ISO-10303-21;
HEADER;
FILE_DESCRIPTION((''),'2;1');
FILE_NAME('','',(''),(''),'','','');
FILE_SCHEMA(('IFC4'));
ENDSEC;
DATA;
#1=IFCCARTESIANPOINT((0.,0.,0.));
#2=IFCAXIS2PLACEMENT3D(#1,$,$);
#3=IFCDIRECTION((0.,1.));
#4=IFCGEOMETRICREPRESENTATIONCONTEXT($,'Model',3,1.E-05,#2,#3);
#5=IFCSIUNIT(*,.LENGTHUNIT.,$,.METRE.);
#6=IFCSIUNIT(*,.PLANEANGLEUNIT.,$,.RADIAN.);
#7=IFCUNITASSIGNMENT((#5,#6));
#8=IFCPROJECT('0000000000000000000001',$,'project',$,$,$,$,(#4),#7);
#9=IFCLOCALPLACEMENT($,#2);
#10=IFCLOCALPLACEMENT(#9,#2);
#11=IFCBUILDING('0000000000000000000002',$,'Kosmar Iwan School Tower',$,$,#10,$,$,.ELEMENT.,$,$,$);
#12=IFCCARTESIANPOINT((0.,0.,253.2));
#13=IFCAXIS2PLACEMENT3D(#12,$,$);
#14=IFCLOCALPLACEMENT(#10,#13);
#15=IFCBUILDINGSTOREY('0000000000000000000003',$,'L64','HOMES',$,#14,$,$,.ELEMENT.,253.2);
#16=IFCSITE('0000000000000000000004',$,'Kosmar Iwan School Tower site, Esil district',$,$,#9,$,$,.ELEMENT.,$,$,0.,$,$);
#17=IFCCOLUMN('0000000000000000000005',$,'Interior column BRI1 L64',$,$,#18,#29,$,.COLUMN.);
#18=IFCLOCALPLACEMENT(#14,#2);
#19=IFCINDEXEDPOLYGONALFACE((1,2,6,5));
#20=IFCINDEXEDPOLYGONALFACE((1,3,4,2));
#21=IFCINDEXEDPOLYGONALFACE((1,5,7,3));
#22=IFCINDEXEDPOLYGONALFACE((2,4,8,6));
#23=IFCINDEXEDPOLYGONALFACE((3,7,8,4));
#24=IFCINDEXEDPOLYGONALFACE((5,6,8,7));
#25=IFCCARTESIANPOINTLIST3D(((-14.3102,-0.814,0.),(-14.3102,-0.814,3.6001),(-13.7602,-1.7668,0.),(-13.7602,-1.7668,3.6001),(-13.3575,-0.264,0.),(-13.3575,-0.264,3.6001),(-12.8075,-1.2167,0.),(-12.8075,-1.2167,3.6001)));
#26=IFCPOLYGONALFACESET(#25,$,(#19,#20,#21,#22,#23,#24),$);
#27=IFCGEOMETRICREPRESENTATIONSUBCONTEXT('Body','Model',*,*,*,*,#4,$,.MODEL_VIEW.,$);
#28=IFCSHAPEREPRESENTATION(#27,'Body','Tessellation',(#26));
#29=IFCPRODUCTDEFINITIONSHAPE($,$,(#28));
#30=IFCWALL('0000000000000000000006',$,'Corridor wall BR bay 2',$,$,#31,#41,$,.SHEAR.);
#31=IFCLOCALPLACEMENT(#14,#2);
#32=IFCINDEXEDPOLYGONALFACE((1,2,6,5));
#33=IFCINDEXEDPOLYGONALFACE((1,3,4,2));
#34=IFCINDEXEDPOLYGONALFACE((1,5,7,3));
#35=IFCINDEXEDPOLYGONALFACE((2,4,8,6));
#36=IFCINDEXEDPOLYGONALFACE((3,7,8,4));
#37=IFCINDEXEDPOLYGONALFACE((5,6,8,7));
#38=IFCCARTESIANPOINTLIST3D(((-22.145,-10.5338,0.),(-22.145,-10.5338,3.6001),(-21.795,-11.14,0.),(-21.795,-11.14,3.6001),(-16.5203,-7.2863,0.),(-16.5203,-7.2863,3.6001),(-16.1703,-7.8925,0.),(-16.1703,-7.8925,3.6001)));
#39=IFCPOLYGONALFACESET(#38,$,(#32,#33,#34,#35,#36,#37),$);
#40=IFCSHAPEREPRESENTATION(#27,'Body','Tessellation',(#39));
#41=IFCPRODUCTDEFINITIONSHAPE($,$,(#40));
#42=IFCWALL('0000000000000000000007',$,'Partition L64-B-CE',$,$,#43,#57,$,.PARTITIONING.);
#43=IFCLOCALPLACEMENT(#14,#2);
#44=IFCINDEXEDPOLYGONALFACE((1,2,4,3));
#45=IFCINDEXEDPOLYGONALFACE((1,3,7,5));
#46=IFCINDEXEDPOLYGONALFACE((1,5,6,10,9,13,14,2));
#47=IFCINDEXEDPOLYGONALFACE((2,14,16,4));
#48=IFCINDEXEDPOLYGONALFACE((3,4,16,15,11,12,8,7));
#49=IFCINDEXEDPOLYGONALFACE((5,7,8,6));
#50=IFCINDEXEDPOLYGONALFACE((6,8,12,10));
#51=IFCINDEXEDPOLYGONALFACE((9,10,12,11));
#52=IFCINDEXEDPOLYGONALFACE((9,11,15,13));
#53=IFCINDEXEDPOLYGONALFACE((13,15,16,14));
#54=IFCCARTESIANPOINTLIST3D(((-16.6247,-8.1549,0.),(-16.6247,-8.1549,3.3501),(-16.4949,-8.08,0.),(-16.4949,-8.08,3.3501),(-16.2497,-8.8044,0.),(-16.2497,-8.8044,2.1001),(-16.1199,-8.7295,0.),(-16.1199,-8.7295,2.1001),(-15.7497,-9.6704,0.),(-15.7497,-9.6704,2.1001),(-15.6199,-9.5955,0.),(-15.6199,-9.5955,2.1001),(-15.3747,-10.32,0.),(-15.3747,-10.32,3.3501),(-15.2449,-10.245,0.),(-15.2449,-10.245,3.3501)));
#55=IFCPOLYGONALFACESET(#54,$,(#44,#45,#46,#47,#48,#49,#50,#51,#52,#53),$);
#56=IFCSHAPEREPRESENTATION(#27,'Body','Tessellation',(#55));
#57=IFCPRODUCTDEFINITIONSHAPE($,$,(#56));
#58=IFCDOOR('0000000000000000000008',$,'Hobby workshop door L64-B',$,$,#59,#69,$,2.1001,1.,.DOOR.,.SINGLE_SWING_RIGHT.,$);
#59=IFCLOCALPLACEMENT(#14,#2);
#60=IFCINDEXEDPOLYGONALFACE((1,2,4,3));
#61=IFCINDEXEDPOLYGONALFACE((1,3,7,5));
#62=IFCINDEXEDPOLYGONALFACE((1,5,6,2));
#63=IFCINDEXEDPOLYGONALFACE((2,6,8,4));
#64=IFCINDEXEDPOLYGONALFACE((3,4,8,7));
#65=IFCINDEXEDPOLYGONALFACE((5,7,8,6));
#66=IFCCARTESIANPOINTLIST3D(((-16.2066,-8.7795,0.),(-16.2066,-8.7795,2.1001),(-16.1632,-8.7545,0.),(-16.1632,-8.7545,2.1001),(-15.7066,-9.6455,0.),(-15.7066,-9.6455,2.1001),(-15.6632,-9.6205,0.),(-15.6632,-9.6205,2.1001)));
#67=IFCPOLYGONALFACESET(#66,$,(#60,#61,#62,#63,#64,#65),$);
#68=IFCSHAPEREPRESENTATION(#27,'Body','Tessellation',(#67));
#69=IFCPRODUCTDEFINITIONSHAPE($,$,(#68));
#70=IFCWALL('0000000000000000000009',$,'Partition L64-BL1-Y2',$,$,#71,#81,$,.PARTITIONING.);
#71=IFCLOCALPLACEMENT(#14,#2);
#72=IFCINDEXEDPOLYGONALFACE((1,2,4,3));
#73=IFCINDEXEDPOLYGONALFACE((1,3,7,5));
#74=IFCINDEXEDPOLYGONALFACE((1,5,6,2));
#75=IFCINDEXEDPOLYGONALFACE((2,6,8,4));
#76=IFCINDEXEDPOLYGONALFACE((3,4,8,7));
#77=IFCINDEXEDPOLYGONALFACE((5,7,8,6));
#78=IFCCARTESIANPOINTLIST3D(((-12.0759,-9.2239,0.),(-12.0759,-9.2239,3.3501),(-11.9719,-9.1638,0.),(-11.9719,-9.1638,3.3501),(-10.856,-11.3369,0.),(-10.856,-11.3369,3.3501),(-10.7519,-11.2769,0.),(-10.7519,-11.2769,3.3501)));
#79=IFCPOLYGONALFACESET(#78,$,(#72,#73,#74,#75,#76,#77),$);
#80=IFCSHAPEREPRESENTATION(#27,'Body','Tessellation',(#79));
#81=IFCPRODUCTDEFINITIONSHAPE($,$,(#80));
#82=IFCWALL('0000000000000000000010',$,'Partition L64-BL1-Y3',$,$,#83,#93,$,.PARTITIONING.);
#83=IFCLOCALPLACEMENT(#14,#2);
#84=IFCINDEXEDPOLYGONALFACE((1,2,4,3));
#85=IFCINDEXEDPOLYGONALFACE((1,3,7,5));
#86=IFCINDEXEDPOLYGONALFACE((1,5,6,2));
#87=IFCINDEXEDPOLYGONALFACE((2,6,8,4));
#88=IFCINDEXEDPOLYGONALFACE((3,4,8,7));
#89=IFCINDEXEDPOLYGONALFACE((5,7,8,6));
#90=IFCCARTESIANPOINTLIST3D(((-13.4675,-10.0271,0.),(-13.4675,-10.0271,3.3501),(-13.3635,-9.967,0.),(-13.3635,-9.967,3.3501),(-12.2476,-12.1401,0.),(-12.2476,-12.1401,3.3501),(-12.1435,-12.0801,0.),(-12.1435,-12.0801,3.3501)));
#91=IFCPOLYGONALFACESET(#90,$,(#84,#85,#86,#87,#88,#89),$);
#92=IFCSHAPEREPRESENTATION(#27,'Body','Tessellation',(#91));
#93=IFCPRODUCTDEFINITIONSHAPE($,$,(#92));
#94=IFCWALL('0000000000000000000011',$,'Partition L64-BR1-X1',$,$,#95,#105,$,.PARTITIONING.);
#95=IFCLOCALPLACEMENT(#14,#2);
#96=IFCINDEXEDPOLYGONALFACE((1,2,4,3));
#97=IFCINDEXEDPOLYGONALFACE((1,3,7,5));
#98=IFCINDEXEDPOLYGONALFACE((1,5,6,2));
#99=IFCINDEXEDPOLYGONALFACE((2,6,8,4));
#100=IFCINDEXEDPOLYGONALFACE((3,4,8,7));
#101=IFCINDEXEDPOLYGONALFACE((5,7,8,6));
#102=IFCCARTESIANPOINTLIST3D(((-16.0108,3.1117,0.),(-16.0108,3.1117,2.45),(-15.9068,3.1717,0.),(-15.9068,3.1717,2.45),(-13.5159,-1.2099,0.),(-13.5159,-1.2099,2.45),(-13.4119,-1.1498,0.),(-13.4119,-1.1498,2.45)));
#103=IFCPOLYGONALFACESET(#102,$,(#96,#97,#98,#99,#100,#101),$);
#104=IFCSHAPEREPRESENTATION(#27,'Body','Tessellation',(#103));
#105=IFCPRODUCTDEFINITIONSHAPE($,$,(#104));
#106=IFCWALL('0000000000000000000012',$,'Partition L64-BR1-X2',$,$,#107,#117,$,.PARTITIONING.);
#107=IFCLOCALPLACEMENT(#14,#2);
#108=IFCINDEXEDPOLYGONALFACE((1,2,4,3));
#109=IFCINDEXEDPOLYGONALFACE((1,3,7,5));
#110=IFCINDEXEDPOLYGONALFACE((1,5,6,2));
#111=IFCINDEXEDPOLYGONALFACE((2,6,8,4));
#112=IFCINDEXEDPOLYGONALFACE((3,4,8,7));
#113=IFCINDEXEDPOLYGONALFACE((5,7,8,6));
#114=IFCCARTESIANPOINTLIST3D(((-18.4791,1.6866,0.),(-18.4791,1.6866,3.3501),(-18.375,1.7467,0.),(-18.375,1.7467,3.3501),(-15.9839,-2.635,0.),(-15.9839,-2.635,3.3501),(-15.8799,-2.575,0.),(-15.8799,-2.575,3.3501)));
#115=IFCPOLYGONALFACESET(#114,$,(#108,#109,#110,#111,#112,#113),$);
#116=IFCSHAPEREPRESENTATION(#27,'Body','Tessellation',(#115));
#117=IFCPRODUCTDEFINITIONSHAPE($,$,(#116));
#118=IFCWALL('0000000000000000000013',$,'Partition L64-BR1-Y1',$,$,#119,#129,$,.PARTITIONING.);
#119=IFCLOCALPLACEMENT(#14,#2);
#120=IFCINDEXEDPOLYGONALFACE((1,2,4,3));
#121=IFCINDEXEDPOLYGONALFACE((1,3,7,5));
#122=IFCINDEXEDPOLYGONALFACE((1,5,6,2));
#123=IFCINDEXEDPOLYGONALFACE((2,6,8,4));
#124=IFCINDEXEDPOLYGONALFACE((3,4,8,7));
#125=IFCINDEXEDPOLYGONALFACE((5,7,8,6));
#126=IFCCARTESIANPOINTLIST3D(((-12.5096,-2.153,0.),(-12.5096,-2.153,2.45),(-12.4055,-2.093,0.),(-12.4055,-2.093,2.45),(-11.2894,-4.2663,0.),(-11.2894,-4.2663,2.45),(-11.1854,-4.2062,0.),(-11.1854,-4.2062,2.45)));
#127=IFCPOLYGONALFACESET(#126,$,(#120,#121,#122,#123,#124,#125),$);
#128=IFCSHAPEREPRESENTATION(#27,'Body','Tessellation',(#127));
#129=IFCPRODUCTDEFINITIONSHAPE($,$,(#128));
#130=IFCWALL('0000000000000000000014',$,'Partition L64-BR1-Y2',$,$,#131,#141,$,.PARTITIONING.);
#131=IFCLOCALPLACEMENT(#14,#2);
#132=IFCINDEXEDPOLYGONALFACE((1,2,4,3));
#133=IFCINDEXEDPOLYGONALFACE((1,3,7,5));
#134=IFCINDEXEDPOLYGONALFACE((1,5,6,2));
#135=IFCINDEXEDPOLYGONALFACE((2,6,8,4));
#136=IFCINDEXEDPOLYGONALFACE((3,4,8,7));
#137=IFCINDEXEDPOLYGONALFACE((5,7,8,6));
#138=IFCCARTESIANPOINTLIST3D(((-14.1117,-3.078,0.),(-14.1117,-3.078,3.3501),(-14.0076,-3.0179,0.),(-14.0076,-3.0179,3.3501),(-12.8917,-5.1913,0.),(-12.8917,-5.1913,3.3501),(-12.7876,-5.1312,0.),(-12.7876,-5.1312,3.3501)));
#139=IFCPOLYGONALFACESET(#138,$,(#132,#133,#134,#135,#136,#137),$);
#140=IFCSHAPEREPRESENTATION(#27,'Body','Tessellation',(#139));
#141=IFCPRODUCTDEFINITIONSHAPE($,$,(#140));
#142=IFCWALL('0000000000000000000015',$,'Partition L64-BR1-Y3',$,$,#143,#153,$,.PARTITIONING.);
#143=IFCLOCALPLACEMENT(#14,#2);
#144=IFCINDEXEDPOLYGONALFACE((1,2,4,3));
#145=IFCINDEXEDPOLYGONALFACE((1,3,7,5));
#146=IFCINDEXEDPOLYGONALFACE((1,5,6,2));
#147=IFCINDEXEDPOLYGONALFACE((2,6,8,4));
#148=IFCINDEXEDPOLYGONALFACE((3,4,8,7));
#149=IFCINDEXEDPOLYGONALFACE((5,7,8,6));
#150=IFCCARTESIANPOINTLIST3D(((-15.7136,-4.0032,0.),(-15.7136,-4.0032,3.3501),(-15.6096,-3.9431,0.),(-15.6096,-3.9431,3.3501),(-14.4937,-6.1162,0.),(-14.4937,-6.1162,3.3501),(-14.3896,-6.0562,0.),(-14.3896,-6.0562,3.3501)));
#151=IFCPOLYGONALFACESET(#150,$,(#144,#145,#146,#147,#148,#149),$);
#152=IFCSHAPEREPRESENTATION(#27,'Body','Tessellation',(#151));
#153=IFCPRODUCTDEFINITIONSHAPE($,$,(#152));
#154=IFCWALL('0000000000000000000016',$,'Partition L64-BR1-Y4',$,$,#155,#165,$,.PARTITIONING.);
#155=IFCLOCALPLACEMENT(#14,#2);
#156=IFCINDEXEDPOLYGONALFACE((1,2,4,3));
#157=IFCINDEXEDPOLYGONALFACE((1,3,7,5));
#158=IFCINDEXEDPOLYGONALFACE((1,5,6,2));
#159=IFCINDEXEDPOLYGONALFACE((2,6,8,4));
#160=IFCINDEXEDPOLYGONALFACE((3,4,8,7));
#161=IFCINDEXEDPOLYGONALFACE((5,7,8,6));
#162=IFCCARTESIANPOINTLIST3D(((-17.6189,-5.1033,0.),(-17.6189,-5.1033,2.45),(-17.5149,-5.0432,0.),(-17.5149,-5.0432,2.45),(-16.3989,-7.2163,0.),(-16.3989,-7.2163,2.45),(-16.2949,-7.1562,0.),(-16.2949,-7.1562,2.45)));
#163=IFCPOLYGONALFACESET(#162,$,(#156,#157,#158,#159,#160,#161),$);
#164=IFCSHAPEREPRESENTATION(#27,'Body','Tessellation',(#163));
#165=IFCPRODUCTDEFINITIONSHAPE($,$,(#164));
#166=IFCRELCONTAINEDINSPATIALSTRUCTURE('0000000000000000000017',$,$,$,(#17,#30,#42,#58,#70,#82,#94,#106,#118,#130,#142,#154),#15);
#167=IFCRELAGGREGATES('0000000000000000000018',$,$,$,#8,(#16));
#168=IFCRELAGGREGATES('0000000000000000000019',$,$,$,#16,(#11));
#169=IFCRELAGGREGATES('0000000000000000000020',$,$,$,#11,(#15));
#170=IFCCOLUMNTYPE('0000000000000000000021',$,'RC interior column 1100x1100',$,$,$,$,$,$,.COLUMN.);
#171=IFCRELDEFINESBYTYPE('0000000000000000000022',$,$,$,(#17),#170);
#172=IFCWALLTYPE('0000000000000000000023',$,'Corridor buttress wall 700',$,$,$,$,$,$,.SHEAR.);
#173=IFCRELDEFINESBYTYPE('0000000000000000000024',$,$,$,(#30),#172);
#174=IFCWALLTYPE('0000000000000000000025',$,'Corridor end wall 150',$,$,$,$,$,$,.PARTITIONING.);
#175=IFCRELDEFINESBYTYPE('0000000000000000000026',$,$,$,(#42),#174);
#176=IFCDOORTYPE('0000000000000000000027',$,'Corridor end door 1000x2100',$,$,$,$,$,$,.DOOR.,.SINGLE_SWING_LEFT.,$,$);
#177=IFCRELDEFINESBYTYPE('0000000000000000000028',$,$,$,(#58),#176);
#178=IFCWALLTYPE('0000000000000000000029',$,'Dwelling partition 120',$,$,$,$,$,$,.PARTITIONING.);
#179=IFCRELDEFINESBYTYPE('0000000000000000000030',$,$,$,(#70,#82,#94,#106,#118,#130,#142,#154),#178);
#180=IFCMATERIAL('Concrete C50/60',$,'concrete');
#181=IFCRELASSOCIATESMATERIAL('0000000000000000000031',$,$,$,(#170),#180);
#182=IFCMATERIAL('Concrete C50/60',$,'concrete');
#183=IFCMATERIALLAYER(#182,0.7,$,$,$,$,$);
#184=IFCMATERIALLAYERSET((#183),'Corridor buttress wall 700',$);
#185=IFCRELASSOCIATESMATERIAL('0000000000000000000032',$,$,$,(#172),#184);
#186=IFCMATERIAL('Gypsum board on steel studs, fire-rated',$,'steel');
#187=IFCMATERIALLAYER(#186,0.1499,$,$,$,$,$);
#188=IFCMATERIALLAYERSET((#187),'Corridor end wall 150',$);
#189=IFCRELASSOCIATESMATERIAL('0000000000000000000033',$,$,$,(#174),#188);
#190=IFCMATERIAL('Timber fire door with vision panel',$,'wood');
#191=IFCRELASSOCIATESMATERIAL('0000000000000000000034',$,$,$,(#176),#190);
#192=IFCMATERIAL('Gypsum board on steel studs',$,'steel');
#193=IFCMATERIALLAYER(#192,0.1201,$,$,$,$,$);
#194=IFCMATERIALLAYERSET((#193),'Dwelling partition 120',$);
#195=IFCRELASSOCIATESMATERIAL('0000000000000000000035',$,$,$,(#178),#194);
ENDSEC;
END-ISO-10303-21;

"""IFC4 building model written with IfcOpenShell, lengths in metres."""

from ifc_helpers import new_model, si_unit, direction, frame, frame_2d, origin, origin_2d, place, context, subcontext, project, spatial, rectangle, extrude, material, layer, layer_set, material_profile, profile_set, type_object, element, fill, save


model = new_model("IFC4")

# Units and contexts
model_context = context("Model", 3, precision=1e-05, world=origin(), true_north=direction((0.0, 1.0)))
body_context = subcontext(model_context, "Body", "Model", "MODEL_VIEW")
ifc_project = project(units=[si_unit("LENGTHUNIT", "METRE"), si_unit("PLANEANGLEUNIT", "RADIAN")], contexts=[model_context])

# Site, building, storey
site_placement = place(None, origin())
site = spatial("IfcSite", under=ifc_project, at=site_placement, Name="Kosmar Iwan School Tower site, Esil district", CompositionType="ELEMENT", RefElevation=0.0)
building_placement = place(site_placement, origin())
building = spatial("IfcBuilding", under=site, at=building_placement, Name="Kosmar Iwan School Tower", CompositionType="ELEMENT")
storey_placement = place(building_placement, frame((0.0, 0.0, 253.2)))
storey = spatial("IfcBuildingStorey", under=building, at=storey_placement, Name="L64", Description="HOMES", CompositionType="ELEMENT", Elevation=253.2)

# Column
ifc_material_1 = material(Name="Concrete C50/60", Category="concrete")
ifc_material_profile = material_profile(ifc_material_1, rectangle(XDim=1.1001, YDim=1.1001, at=origin_2d()), Name="RC 1100x1100")
ifc_profile_set = profile_set([ifc_material_profile], Name="Concrete C50/60")
column_type = type_object("IfcColumnType", Name="RC interior column 1100x1100", PredefinedType="COLUMN", material=ifc_profile_set)
column_placement = place(storey_placement, frame((-13.5588, -1.0154, 0.0), z_axis=(0.0, 0.0, 1.0), x_axis=(-0.866025, -0.5, 0.0)))
element("IfcColumn", 1, at=column_placement, inside=storey, type_object=column_type, Name="Interior column BRI1 L64", PredefinedType="COLUMN", context=body_context, shape_type="SweptSolid", body=[
    extrude(rectangle(XDim=1.1001, YDim=1.1001, at=origin_2d()), origin(), (0.0, 0.0, 1.0), 3.6001),
])

# Wall
ifc_material_2 = material(Name="Concrete C50/60", Category="concrete")
ifc_layer_1 = layer(ifc_material_2, 0.7)
ifc_layer_set_1 = layer_set([ifc_layer_1], Name="Corridor buttress wall 700")
wall_type_1 = type_object("IfcWallType", Name="Corridor buttress wall 700", PredefinedType="SHEAR", material=ifc_layer_set_1)
wall_1_placement = place(storey_placement, frame((-16.3452, -7.5894, 0.0), z_axis=(0.0, 0.0, 1.0), x_axis=(-0.866018, -0.500012, 0.0)))
element("IfcWall", 2, at=wall_1_placement, inside=storey, type_object=wall_type_1, Name="Corridor wall BR bay 2", PredefinedType="SHEAR", context=body_context, shape_type="SweptSolid", body=[
    extrude(rectangle(XDim=6.4949, YDim=0.7, at=frame_2d((3.2476, 0.0))), origin(), (0.0, 0.0, 1.0), 3.6001),
])

# Wall, opening, door
ifc_material_3 = material(Name="Gypsum board on steel studs, fire-rated", Category="steel")
ifc_layer_2 = layer(ifc_material_3, 0.1499)
ifc_layer_set_2 = layer_set([ifc_layer_2], Name="Corridor end wall 150")
wall_type_2 = type_object("IfcWallType", Name="Corridor end wall 150", PredefinedType="PARTITIONING", material=ifc_layer_set_2)
wall_2_placement = place(storey_placement, frame((-16.5598, -8.1174, 0.0), z_axis=(0.0, 0.0, 1.0), x_axis=(0.500004, -0.866023, 0.0)))
wall_2 = element("IfcWall", 3, at=wall_2_placement, inside=storey, type_object=wall_type_2, Name="Partition L64-B-CE", PredefinedType="PARTITIONING", context=body_context, shape_type="SweptSolid", body=[
    extrude(rectangle(XDim=2.5, YDim=0.1499, at=frame_2d((1.25, 0.0))), origin(), (0.0, 0.0, 1.0), 3.3501),
])
opening_placement = place(wall_2_placement, frame((0.75, 0.0, 0.0)))
opening = element("IfcOpeningElement", 4, at=opening_placement, cuts=wall_2, PredefinedType="OPENING", context=body_context, shape_type="SweptSolid", body=[
    extrude(rectangle(XDim=1.0, YDim=2.1001, at=frame_2d((0.5, 1.05))), frame((0.0, 0.0869, 0.0), z_axis=(0.0, -1.0, 0.0), x_axis=(1.0, 0.0, 0.0)), (0.0, 0.0, 1.0), 0.1738),
])
ifc_material_4 = material(Name="Timber fire door with vision panel", Category="wood")
door_type = type_object("IfcDoorType", Name="Corridor end door 1000x2100", OperationType="SINGLE_SWING_LEFT", PredefinedType="DOOR", material=ifc_material_4)
door_placement = place(opening_placement, origin())
door = element("IfcDoor", 5, at=door_placement, inside=storey, type_object=door_type, Name="Hobby workshop door L64-B", OperationType="SINGLE_SWING_RIGHT", OverallHeight=2.1001, OverallWidth=1.0, PredefinedType="DOOR", context=body_context, shape_type="SweptSolid", body=[
    extrude(rectangle(XDim=1.0, YDim=2.1001, at=frame_2d((0.5, 1.05))), frame((0.0, 0.0249, 0.0), z_axis=(0.0, -1.0, 0.0), x_axis=(1.0, 0.0, 0.0)), (0.0, 0.0, 1.0), 0.05),
])
fill(opening, door)

# Walls
ifc_material_5 = material(Name="Gypsum board on steel studs", Category="steel")
ifc_layer_3 = layer(ifc_material_5, 0.1201)
ifc_layer_set_3 = layer_set([ifc_layer_3], Name="Dwelling partition 120")
wall_type_3 = type_object("IfcWallType", Name="Dwelling partition 120", PredefinedType="PARTITIONING", material=ifc_layer_set_3)
for number, where, z_axis, x_axis, name in (
    (6, (-12.0239, -9.1938, 0.0), (0.0, 0.0, 1.0), (0.500003, -0.866024, 0.0), "Partition L64-BL1-Y2"),
    (7, (-13.4155, -9.9971, 0.0), (0.0, 0.0, 1.0), (0.500003, -0.866024, 0.0), "Partition L64-BL1-Y3"),
):
    element("IfcWall", number, at=place(storey_placement, frame(where, z_axis=z_axis, x_axis=x_axis)), inside=storey, type_object=wall_type_3, Name=name, PredefinedType="PARTITIONING", context=body_context, shape_type="SweptSolid", body=[
        extrude(rectangle(XDim=2.4399, YDim=0.1201, at=frame_2d((1.22, 0.0))), origin(), (0.0, 0.0, 1.0), 3.3501),
    ])
wall_3_placement = place(storey_placement, frame((-13.4639, -1.1799, 0.0), z_axis=(0.0, 0.0, 1.0), x_axis=(-0.499975, 0.86604, 0.0)))
element("IfcWall", 8, at=wall_3_placement, inside=storey, type_object=wall_type_3, Name="Partition L64-BR1-X1", PredefinedType="PARTITIONING", context=body_context, shape_type="SweptSolid", body=[
    extrude(rectangle(XDim=4.99, YDim=0.1201, at=frame_2d((2.4951, 0.0))), origin(), (0.0, 0.0, 1.0), 2.45),
])
wall_4_placement = place(storey_placement, frame((-15.9319, -2.605, 0.0), z_axis=(0.0, 0.0, 1.0), x_axis=(-0.500012, 0.866019, 0.0)))
element("IfcWall", 9, at=wall_4_placement, inside=storey, type_object=wall_type_3, Name="Partition L64-BR1-X2", PredefinedType="PARTITIONING", context=body_context, shape_type="SweptSolid", body=[
    extrude(rectangle(XDim=4.9902, YDim=0.1201, at=frame_2d((2.4951, 0.0))), origin(), (0.0, 0.0, 1.0), 3.3501),
])
wall_5_placement = place(storey_placement, frame((-11.2373, -4.2363, 0.0), z_axis=(0.0, 0.0, 1.0), x_axis=(-0.500034, 0.866006, 0.0)))
element("IfcWall", 10, at=wall_5_placement, inside=storey, type_object=wall_type_3, Name="Partition L64-BR1-Y1", PredefinedType="PARTITIONING", context=body_context, shape_type="SweptSolid", body=[
    extrude(rectangle(XDim=2.4402, YDim=0.1201, at=frame_2d((1.2202, 0.0))), origin(), (0.0, 0.0, 1.0), 2.45),
])
wall_6_placement = place(storey_placement, frame((-12.8396, -5.1614, 0.0), z_axis=(0.0, 0.0, 1.0), x_axis=(-0.499959, 0.866049, 0.0)))
element("IfcWall", 11, at=wall_6_placement, inside=storey, type_object=wall_type_3, Name="Partition L64-BR1-Y2", PredefinedType="PARTITIONING", context=body_context, shape_type="SweptSolid", body=[
    extrude(rectangle(XDim=2.4402, YDim=0.1201, at=frame_2d((1.2202, 0.0))), origin(), (0.0, 0.0, 1.0), 3.3501),
])
wall_7_placement = place(storey_placement, frame((-14.4417, -6.0862, 0.0), z_axis=(0.0, 0.0, 1.0), x_axis=(-0.500003, 0.866024, 0.0)))
element("IfcWall", 12, at=wall_7_placement, inside=storey, type_object=wall_type_3, Name="Partition L64-BR1-Y3", PredefinedType="PARTITIONING", context=body_context, shape_type="SweptSolid", body=[
    extrude(rectangle(XDim=2.4399, YDim=0.1201, at=frame_2d((1.22, 0.0))), origin(), (0.0, 0.0, 1.0), 3.3501),
])
wall_8_placement = place(storey_placement, frame((-16.3469, -7.1863, 0.0), z_axis=(0.0, 0.0, 1.0), x_axis=(-0.500003, 0.866024, 0.0)))
element("IfcWall", 13, at=wall_8_placement, inside=storey, type_object=wall_type_3, Name="Partition L64-BR1-Y4", PredefinedType="PARTITIONING", context=body_context, shape_type="SweptSolid", body=[
    extrude(rectangle(XDim=2.4399, YDim=0.1201, at=frame_2d((1.22, 0.0))), origin(), (0.0, 0.0, 1.0), 2.45),
])

save(model, "model.ifc")
